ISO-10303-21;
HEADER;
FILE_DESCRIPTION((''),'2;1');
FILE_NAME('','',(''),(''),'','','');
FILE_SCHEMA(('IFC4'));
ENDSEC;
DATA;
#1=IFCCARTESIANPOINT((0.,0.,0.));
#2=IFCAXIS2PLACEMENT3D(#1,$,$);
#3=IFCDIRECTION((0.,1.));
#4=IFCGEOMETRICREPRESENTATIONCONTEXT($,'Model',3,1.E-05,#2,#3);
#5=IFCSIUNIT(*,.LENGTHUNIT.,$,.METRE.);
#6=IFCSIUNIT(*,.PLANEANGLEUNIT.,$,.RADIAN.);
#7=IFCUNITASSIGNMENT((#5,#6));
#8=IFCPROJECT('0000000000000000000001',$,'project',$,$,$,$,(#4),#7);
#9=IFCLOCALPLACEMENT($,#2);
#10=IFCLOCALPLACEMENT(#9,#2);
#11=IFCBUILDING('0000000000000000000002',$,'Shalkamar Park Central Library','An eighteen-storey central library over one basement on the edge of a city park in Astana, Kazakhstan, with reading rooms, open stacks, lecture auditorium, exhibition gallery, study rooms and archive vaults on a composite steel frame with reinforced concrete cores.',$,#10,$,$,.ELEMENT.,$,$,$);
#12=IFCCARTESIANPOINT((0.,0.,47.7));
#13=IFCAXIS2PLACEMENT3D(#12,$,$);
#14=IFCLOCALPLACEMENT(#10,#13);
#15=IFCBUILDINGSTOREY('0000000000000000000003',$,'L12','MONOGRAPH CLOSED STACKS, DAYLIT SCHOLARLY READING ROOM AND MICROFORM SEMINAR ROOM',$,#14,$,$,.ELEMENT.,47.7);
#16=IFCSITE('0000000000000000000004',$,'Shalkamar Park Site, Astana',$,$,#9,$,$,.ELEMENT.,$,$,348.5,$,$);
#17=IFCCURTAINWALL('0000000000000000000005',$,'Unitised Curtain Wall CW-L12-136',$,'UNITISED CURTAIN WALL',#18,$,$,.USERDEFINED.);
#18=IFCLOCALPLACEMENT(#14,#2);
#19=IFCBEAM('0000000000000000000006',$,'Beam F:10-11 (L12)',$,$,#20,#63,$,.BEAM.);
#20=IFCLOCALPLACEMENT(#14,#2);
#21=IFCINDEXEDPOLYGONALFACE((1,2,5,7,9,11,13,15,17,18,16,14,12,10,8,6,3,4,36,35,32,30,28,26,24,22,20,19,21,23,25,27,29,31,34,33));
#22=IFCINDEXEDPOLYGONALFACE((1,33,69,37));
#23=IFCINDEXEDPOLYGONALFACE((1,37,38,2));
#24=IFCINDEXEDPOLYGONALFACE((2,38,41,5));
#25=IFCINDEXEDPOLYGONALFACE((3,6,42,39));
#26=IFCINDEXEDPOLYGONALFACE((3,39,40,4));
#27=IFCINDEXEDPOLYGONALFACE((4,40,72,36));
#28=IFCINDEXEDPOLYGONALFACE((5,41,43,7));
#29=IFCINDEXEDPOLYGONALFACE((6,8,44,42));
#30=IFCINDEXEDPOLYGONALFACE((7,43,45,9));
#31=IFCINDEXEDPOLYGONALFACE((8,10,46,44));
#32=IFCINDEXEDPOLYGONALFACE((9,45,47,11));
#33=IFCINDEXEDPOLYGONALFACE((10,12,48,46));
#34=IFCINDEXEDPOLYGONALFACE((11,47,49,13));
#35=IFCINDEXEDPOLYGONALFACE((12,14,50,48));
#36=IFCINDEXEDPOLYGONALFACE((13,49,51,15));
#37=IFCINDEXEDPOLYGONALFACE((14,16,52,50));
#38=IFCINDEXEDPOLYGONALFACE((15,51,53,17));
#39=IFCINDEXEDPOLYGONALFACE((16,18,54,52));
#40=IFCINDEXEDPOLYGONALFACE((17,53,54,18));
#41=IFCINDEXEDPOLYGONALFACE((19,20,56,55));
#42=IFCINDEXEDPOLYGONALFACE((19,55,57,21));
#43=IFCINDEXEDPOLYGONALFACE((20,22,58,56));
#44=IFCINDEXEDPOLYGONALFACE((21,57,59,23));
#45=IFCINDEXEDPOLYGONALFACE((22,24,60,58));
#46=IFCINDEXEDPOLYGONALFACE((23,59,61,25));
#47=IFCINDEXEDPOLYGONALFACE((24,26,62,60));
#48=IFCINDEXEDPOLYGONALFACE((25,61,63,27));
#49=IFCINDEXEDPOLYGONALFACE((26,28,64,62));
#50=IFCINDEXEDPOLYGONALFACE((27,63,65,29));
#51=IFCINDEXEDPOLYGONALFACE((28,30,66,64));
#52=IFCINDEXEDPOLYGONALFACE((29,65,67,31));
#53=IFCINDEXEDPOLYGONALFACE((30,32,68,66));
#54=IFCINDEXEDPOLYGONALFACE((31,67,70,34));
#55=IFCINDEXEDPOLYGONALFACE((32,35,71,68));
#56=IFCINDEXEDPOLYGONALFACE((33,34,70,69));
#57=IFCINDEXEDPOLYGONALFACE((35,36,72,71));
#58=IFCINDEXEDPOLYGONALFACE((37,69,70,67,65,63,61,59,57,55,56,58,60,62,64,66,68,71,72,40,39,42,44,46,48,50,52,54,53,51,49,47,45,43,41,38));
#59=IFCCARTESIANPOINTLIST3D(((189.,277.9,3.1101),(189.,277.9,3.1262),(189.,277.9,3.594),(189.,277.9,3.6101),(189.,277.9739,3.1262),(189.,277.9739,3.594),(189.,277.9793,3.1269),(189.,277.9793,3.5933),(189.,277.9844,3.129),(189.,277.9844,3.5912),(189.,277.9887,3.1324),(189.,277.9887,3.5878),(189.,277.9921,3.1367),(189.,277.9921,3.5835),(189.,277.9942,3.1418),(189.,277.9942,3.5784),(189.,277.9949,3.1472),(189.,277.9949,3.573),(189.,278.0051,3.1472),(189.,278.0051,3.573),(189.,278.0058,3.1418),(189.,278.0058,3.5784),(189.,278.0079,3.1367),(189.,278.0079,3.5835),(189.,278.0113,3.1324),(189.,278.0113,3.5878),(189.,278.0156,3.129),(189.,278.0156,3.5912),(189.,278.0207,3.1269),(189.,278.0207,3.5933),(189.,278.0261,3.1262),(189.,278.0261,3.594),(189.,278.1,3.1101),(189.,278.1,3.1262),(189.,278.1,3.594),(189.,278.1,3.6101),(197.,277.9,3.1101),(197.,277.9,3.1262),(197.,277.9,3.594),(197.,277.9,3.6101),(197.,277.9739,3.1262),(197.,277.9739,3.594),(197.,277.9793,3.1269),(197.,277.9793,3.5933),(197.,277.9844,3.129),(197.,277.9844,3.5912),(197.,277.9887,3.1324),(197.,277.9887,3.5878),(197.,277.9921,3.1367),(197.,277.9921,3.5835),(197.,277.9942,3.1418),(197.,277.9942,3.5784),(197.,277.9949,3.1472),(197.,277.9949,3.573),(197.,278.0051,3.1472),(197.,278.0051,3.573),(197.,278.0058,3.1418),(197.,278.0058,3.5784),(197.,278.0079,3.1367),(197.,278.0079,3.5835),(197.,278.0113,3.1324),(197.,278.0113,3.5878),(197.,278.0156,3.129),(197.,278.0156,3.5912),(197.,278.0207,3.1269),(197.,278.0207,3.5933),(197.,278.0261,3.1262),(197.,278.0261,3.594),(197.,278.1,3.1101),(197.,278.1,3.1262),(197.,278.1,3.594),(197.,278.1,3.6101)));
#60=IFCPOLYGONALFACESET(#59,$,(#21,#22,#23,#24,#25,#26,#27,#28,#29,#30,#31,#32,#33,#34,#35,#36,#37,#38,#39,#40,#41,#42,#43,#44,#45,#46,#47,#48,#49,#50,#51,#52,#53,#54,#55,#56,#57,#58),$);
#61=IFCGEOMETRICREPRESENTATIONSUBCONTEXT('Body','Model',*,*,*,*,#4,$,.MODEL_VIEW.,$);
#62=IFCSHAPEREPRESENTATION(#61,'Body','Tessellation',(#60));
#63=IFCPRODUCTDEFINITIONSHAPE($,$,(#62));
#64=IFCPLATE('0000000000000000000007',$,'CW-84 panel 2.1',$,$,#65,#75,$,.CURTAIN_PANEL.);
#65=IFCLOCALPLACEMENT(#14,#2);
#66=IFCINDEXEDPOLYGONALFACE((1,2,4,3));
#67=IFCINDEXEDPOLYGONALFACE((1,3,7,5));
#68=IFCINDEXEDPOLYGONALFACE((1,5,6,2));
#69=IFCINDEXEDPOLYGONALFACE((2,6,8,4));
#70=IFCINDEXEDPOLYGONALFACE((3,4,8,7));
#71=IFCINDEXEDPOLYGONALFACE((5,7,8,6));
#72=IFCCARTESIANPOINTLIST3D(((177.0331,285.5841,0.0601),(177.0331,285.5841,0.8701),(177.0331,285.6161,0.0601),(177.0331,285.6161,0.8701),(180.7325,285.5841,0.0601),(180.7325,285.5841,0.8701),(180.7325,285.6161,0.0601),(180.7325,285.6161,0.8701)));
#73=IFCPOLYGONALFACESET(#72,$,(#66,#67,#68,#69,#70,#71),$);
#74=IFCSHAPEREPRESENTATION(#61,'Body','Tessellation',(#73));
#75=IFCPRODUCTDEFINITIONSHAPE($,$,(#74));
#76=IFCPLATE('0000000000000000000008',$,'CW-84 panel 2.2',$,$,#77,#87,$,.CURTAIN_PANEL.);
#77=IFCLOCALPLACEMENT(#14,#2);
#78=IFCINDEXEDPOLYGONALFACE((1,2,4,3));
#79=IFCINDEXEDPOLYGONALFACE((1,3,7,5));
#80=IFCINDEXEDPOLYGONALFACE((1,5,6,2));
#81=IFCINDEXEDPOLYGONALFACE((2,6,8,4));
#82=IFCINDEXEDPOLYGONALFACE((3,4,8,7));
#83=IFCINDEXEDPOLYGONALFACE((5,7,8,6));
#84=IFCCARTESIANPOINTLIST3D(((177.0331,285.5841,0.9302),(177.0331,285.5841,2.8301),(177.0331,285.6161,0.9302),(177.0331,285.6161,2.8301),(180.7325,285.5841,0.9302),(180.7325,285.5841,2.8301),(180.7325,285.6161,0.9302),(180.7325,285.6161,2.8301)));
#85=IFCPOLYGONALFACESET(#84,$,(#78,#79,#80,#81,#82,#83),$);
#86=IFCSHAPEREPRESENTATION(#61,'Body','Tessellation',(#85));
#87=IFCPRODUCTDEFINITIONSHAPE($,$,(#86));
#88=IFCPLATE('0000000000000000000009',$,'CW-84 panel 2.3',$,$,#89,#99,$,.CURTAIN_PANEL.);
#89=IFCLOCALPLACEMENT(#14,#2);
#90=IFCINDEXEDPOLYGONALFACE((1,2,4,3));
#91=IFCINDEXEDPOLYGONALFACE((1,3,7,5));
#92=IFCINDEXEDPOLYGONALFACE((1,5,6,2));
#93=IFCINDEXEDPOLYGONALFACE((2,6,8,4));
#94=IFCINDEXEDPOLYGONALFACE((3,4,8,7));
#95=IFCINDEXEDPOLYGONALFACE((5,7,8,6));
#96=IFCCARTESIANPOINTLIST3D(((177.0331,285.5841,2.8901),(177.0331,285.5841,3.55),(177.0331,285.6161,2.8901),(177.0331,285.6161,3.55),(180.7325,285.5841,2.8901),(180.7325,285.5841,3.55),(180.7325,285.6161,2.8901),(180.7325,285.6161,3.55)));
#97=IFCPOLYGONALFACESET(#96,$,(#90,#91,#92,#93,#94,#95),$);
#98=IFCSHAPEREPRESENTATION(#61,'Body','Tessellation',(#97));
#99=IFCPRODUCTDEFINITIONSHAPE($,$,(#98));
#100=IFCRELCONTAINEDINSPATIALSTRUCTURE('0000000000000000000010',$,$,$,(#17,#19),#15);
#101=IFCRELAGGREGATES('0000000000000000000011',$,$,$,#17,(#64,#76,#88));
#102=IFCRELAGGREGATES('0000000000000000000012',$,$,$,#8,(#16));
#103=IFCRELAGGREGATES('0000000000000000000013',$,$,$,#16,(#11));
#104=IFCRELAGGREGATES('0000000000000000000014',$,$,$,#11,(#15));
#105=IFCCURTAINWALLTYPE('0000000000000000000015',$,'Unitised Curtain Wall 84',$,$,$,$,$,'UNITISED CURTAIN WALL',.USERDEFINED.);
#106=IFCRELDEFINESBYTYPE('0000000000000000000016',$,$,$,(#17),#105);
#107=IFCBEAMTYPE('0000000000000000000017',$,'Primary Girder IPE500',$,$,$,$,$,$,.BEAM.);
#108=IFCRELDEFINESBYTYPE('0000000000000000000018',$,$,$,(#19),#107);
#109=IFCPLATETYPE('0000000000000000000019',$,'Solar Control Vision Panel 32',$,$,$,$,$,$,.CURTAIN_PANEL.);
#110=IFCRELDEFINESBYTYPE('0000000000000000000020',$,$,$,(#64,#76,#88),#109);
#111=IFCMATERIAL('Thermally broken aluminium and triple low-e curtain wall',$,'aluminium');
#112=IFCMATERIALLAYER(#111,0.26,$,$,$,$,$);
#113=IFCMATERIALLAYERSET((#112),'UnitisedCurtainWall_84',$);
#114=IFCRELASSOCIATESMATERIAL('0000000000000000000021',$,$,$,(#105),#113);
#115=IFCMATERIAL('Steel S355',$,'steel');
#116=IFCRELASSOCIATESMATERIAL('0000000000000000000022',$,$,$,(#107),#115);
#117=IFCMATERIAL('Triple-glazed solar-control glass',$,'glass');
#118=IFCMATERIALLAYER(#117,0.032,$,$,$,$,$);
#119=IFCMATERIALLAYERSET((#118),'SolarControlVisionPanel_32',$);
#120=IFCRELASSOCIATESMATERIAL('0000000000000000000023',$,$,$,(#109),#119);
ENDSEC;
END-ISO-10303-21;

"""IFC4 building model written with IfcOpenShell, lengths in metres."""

from ifc_helpers import new_model, si_unit, direction, frame, origin, origin_2d, place, context, subcontext, project, spatial, rectangle, i_section, extrude, material, layer, layer_set, material_profile, profile_set, type_object, element, aggregate, save


model = new_model("IFC4")

# Units and contexts
model_context = context("Model", 3, precision=1e-05, world=origin(), true_north=direction((0.0, 1.0)))
body_context = subcontext(model_context, "Body", "Model", "MODEL_VIEW")
ifc_project = project(units=[si_unit("LENGTHUNIT", "METRE"), si_unit("PLANEANGLEUNIT", "RADIAN")], contexts=[model_context])

# Site, building, storey
site_placement = place(None, origin())
site = spatial("IfcSite", under=ifc_project, at=site_placement, Name="Shalkamar Park Site, Astana", CompositionType="ELEMENT", RefElevation=348.5)
building_placement = place(site_placement, origin())
building = spatial("IfcBuilding", under=site, at=building_placement, Name="Shalkamar Park Central Library", Description="An eighteen-storey central library over one basement on the edge of a city park in Astana, Kazakhstan, with reading rooms, open stacks, lecture auditorium, exhibition gallery, study rooms and archive vaults on a composite steel frame with reinforced concrete cores.", CompositionType="ELEMENT")
storey_placement = place(building_placement, frame((0.0, 0.0, 47.7)))
storey = spatial("IfcBuildingStorey", under=building, at=storey_placement, Name="L12", Description="MONOGRAPH CLOSED STACKS, DAYLIT SCHOLARLY READING ROOM AND MICROFORM SEMINAR ROOM", CompositionType="ELEMENT", Elevation=47.7)

# Shared definitions
ifc_material_1 = material(Name="Steel S355", Category="steel")

# Curtain wall
ifc_material_2 = material(Name="Thermally broken aluminium and triple low-e curtain wall", Category="aluminium")
ifc_layer_1 = layer(ifc_material_2, 0.26)
ifc_layer_set_1 = layer_set([ifc_layer_1], Name="UnitisedCurtainWall_84")
curtain_wall_type_1 = type_object("IfcCurtainWallType", Name="Unitised Curtain Wall 84", ElementType="UNITISED CURTAIN WALL", PredefinedType="USERDEFINED", material=ifc_layer_set_1)
curtain_wall_1_placement = place(storey_placement, origin())
curtain_wall_1 = element("IfcCurtainWall", 1, at=curtain_wall_1_placement, inside=storey, type_object=curtain_wall_type_1, Name="Unitised Curtain Wall CW-L12-136", ObjectType="UNITISED CURTAIN WALL", PredefinedType="USERDEFINED")

# Beam
ifc_material_profile_1 = material_profile(ifc_material_1, i_section(OverallWidth=0.2, OverallDepth=0.5, WebThickness=0.0103, FlangeThickness=0.0161, FilletRadius=0.021, at=origin_2d()), Name="IPE 500")
ifc_profile_set_1 = profile_set([ifc_material_profile_1], Name="Steel S355")
beam_type_1 = type_object("IfcBeamType", Name="Primary Girder IPE500", PredefinedType="BEAM", material=ifc_profile_set_1)
for number, where, z_axis, x_axis, name in (
    (2, (189.0, 278.0, 3.3601), (1.0, 0.0, 0.0), (0.0, 1.0, 0.0), "Beam F:10-11 (L12)"),
):
    element("IfcBeam", number, at=place(storey_placement, frame(where, z_axis=z_axis, x_axis=x_axis)), inside=storey, type_object=beam_type_1, Name=name, PredefinedType="BEAM", context=body_context, shape_type="SweptSolid", body=[
        extrude(i_section(OverallWidth=0.2, OverallDepth=0.5, WebThickness=0.0103, FlangeThickness=0.0161, FilletRadius=0.021, at=origin_2d()), origin(), (0.0, 0.0, 1.0), 8.0),
    ])

# Plates
ifc_material_3 = material(Name="Triple-glazed solar-control glass", Category="glass")
ifc_layer_2 = layer(ifc_material_3, 0.032)
ifc_layer_set_2 = layer_set([ifc_layer_2], Name="SolarControlVisionPanel_32")
plate_type = type_object("IfcPlateType", Name="Solar Control Vision Panel 32", PredefinedType="CURTAIN_PANEL", material=ifc_layer_set_2)
plate_1_placement = place(storey_placement, frame((178.8828, 285.6001, 0.0601), z_axis=(0.0, 0.0, 1.0), x_axis=(1.0, 0.0, 0.0)))
plate_1 = element("IfcPlate", 3, at=plate_1_placement, type_object=plate_type, Name="CW-84 panel 2.1", PredefinedType="CURTAIN_PANEL", context=body_context, shape_type="SweptSolid", body=[
    extrude(rectangle(XDim=3.6995, YDim=0.032, at=origin_2d()), origin(), (0.0, 0.0, 1.0), 0.8101),
])
plate_2_placement = place(storey_placement, frame((178.8828, 285.6001, 0.9302), z_axis=(0.0, 0.0, 1.0), x_axis=(1.0, 0.0, 0.0)))
plate_2 = element("IfcPlate", 4, at=plate_2_placement, type_object=plate_type, Name="CW-84 panel 2.2", PredefinedType="CURTAIN_PANEL", context=body_context, shape_type="SweptSolid", body=[
    extrude(rectangle(XDim=3.6995, YDim=0.032, at=origin_2d()), origin(), (0.0, 0.0, 1.0), 1.8999),
])
plate_3_placement = place(storey_placement, frame((178.8828, 285.6001, 2.8901), z_axis=(0.0, 0.0, 1.0), x_axis=(1.0, 0.0, 0.0)))
plate_3 = element("IfcPlate", 5, at=plate_3_placement, type_object=plate_type, Name="CW-84 panel 2.3", PredefinedType="CURTAIN_PANEL", context=body_context, shape_type="SweptSolid", body=[
    extrude(rectangle(XDim=3.6995, YDim=0.032, at=origin_2d()), origin(), (0.0, 0.0, 1.0), 0.6599),
])
aggregate(curtain_wall_1, [plate_1, plate_2, plate_3])

save(model, "model.ifc")
